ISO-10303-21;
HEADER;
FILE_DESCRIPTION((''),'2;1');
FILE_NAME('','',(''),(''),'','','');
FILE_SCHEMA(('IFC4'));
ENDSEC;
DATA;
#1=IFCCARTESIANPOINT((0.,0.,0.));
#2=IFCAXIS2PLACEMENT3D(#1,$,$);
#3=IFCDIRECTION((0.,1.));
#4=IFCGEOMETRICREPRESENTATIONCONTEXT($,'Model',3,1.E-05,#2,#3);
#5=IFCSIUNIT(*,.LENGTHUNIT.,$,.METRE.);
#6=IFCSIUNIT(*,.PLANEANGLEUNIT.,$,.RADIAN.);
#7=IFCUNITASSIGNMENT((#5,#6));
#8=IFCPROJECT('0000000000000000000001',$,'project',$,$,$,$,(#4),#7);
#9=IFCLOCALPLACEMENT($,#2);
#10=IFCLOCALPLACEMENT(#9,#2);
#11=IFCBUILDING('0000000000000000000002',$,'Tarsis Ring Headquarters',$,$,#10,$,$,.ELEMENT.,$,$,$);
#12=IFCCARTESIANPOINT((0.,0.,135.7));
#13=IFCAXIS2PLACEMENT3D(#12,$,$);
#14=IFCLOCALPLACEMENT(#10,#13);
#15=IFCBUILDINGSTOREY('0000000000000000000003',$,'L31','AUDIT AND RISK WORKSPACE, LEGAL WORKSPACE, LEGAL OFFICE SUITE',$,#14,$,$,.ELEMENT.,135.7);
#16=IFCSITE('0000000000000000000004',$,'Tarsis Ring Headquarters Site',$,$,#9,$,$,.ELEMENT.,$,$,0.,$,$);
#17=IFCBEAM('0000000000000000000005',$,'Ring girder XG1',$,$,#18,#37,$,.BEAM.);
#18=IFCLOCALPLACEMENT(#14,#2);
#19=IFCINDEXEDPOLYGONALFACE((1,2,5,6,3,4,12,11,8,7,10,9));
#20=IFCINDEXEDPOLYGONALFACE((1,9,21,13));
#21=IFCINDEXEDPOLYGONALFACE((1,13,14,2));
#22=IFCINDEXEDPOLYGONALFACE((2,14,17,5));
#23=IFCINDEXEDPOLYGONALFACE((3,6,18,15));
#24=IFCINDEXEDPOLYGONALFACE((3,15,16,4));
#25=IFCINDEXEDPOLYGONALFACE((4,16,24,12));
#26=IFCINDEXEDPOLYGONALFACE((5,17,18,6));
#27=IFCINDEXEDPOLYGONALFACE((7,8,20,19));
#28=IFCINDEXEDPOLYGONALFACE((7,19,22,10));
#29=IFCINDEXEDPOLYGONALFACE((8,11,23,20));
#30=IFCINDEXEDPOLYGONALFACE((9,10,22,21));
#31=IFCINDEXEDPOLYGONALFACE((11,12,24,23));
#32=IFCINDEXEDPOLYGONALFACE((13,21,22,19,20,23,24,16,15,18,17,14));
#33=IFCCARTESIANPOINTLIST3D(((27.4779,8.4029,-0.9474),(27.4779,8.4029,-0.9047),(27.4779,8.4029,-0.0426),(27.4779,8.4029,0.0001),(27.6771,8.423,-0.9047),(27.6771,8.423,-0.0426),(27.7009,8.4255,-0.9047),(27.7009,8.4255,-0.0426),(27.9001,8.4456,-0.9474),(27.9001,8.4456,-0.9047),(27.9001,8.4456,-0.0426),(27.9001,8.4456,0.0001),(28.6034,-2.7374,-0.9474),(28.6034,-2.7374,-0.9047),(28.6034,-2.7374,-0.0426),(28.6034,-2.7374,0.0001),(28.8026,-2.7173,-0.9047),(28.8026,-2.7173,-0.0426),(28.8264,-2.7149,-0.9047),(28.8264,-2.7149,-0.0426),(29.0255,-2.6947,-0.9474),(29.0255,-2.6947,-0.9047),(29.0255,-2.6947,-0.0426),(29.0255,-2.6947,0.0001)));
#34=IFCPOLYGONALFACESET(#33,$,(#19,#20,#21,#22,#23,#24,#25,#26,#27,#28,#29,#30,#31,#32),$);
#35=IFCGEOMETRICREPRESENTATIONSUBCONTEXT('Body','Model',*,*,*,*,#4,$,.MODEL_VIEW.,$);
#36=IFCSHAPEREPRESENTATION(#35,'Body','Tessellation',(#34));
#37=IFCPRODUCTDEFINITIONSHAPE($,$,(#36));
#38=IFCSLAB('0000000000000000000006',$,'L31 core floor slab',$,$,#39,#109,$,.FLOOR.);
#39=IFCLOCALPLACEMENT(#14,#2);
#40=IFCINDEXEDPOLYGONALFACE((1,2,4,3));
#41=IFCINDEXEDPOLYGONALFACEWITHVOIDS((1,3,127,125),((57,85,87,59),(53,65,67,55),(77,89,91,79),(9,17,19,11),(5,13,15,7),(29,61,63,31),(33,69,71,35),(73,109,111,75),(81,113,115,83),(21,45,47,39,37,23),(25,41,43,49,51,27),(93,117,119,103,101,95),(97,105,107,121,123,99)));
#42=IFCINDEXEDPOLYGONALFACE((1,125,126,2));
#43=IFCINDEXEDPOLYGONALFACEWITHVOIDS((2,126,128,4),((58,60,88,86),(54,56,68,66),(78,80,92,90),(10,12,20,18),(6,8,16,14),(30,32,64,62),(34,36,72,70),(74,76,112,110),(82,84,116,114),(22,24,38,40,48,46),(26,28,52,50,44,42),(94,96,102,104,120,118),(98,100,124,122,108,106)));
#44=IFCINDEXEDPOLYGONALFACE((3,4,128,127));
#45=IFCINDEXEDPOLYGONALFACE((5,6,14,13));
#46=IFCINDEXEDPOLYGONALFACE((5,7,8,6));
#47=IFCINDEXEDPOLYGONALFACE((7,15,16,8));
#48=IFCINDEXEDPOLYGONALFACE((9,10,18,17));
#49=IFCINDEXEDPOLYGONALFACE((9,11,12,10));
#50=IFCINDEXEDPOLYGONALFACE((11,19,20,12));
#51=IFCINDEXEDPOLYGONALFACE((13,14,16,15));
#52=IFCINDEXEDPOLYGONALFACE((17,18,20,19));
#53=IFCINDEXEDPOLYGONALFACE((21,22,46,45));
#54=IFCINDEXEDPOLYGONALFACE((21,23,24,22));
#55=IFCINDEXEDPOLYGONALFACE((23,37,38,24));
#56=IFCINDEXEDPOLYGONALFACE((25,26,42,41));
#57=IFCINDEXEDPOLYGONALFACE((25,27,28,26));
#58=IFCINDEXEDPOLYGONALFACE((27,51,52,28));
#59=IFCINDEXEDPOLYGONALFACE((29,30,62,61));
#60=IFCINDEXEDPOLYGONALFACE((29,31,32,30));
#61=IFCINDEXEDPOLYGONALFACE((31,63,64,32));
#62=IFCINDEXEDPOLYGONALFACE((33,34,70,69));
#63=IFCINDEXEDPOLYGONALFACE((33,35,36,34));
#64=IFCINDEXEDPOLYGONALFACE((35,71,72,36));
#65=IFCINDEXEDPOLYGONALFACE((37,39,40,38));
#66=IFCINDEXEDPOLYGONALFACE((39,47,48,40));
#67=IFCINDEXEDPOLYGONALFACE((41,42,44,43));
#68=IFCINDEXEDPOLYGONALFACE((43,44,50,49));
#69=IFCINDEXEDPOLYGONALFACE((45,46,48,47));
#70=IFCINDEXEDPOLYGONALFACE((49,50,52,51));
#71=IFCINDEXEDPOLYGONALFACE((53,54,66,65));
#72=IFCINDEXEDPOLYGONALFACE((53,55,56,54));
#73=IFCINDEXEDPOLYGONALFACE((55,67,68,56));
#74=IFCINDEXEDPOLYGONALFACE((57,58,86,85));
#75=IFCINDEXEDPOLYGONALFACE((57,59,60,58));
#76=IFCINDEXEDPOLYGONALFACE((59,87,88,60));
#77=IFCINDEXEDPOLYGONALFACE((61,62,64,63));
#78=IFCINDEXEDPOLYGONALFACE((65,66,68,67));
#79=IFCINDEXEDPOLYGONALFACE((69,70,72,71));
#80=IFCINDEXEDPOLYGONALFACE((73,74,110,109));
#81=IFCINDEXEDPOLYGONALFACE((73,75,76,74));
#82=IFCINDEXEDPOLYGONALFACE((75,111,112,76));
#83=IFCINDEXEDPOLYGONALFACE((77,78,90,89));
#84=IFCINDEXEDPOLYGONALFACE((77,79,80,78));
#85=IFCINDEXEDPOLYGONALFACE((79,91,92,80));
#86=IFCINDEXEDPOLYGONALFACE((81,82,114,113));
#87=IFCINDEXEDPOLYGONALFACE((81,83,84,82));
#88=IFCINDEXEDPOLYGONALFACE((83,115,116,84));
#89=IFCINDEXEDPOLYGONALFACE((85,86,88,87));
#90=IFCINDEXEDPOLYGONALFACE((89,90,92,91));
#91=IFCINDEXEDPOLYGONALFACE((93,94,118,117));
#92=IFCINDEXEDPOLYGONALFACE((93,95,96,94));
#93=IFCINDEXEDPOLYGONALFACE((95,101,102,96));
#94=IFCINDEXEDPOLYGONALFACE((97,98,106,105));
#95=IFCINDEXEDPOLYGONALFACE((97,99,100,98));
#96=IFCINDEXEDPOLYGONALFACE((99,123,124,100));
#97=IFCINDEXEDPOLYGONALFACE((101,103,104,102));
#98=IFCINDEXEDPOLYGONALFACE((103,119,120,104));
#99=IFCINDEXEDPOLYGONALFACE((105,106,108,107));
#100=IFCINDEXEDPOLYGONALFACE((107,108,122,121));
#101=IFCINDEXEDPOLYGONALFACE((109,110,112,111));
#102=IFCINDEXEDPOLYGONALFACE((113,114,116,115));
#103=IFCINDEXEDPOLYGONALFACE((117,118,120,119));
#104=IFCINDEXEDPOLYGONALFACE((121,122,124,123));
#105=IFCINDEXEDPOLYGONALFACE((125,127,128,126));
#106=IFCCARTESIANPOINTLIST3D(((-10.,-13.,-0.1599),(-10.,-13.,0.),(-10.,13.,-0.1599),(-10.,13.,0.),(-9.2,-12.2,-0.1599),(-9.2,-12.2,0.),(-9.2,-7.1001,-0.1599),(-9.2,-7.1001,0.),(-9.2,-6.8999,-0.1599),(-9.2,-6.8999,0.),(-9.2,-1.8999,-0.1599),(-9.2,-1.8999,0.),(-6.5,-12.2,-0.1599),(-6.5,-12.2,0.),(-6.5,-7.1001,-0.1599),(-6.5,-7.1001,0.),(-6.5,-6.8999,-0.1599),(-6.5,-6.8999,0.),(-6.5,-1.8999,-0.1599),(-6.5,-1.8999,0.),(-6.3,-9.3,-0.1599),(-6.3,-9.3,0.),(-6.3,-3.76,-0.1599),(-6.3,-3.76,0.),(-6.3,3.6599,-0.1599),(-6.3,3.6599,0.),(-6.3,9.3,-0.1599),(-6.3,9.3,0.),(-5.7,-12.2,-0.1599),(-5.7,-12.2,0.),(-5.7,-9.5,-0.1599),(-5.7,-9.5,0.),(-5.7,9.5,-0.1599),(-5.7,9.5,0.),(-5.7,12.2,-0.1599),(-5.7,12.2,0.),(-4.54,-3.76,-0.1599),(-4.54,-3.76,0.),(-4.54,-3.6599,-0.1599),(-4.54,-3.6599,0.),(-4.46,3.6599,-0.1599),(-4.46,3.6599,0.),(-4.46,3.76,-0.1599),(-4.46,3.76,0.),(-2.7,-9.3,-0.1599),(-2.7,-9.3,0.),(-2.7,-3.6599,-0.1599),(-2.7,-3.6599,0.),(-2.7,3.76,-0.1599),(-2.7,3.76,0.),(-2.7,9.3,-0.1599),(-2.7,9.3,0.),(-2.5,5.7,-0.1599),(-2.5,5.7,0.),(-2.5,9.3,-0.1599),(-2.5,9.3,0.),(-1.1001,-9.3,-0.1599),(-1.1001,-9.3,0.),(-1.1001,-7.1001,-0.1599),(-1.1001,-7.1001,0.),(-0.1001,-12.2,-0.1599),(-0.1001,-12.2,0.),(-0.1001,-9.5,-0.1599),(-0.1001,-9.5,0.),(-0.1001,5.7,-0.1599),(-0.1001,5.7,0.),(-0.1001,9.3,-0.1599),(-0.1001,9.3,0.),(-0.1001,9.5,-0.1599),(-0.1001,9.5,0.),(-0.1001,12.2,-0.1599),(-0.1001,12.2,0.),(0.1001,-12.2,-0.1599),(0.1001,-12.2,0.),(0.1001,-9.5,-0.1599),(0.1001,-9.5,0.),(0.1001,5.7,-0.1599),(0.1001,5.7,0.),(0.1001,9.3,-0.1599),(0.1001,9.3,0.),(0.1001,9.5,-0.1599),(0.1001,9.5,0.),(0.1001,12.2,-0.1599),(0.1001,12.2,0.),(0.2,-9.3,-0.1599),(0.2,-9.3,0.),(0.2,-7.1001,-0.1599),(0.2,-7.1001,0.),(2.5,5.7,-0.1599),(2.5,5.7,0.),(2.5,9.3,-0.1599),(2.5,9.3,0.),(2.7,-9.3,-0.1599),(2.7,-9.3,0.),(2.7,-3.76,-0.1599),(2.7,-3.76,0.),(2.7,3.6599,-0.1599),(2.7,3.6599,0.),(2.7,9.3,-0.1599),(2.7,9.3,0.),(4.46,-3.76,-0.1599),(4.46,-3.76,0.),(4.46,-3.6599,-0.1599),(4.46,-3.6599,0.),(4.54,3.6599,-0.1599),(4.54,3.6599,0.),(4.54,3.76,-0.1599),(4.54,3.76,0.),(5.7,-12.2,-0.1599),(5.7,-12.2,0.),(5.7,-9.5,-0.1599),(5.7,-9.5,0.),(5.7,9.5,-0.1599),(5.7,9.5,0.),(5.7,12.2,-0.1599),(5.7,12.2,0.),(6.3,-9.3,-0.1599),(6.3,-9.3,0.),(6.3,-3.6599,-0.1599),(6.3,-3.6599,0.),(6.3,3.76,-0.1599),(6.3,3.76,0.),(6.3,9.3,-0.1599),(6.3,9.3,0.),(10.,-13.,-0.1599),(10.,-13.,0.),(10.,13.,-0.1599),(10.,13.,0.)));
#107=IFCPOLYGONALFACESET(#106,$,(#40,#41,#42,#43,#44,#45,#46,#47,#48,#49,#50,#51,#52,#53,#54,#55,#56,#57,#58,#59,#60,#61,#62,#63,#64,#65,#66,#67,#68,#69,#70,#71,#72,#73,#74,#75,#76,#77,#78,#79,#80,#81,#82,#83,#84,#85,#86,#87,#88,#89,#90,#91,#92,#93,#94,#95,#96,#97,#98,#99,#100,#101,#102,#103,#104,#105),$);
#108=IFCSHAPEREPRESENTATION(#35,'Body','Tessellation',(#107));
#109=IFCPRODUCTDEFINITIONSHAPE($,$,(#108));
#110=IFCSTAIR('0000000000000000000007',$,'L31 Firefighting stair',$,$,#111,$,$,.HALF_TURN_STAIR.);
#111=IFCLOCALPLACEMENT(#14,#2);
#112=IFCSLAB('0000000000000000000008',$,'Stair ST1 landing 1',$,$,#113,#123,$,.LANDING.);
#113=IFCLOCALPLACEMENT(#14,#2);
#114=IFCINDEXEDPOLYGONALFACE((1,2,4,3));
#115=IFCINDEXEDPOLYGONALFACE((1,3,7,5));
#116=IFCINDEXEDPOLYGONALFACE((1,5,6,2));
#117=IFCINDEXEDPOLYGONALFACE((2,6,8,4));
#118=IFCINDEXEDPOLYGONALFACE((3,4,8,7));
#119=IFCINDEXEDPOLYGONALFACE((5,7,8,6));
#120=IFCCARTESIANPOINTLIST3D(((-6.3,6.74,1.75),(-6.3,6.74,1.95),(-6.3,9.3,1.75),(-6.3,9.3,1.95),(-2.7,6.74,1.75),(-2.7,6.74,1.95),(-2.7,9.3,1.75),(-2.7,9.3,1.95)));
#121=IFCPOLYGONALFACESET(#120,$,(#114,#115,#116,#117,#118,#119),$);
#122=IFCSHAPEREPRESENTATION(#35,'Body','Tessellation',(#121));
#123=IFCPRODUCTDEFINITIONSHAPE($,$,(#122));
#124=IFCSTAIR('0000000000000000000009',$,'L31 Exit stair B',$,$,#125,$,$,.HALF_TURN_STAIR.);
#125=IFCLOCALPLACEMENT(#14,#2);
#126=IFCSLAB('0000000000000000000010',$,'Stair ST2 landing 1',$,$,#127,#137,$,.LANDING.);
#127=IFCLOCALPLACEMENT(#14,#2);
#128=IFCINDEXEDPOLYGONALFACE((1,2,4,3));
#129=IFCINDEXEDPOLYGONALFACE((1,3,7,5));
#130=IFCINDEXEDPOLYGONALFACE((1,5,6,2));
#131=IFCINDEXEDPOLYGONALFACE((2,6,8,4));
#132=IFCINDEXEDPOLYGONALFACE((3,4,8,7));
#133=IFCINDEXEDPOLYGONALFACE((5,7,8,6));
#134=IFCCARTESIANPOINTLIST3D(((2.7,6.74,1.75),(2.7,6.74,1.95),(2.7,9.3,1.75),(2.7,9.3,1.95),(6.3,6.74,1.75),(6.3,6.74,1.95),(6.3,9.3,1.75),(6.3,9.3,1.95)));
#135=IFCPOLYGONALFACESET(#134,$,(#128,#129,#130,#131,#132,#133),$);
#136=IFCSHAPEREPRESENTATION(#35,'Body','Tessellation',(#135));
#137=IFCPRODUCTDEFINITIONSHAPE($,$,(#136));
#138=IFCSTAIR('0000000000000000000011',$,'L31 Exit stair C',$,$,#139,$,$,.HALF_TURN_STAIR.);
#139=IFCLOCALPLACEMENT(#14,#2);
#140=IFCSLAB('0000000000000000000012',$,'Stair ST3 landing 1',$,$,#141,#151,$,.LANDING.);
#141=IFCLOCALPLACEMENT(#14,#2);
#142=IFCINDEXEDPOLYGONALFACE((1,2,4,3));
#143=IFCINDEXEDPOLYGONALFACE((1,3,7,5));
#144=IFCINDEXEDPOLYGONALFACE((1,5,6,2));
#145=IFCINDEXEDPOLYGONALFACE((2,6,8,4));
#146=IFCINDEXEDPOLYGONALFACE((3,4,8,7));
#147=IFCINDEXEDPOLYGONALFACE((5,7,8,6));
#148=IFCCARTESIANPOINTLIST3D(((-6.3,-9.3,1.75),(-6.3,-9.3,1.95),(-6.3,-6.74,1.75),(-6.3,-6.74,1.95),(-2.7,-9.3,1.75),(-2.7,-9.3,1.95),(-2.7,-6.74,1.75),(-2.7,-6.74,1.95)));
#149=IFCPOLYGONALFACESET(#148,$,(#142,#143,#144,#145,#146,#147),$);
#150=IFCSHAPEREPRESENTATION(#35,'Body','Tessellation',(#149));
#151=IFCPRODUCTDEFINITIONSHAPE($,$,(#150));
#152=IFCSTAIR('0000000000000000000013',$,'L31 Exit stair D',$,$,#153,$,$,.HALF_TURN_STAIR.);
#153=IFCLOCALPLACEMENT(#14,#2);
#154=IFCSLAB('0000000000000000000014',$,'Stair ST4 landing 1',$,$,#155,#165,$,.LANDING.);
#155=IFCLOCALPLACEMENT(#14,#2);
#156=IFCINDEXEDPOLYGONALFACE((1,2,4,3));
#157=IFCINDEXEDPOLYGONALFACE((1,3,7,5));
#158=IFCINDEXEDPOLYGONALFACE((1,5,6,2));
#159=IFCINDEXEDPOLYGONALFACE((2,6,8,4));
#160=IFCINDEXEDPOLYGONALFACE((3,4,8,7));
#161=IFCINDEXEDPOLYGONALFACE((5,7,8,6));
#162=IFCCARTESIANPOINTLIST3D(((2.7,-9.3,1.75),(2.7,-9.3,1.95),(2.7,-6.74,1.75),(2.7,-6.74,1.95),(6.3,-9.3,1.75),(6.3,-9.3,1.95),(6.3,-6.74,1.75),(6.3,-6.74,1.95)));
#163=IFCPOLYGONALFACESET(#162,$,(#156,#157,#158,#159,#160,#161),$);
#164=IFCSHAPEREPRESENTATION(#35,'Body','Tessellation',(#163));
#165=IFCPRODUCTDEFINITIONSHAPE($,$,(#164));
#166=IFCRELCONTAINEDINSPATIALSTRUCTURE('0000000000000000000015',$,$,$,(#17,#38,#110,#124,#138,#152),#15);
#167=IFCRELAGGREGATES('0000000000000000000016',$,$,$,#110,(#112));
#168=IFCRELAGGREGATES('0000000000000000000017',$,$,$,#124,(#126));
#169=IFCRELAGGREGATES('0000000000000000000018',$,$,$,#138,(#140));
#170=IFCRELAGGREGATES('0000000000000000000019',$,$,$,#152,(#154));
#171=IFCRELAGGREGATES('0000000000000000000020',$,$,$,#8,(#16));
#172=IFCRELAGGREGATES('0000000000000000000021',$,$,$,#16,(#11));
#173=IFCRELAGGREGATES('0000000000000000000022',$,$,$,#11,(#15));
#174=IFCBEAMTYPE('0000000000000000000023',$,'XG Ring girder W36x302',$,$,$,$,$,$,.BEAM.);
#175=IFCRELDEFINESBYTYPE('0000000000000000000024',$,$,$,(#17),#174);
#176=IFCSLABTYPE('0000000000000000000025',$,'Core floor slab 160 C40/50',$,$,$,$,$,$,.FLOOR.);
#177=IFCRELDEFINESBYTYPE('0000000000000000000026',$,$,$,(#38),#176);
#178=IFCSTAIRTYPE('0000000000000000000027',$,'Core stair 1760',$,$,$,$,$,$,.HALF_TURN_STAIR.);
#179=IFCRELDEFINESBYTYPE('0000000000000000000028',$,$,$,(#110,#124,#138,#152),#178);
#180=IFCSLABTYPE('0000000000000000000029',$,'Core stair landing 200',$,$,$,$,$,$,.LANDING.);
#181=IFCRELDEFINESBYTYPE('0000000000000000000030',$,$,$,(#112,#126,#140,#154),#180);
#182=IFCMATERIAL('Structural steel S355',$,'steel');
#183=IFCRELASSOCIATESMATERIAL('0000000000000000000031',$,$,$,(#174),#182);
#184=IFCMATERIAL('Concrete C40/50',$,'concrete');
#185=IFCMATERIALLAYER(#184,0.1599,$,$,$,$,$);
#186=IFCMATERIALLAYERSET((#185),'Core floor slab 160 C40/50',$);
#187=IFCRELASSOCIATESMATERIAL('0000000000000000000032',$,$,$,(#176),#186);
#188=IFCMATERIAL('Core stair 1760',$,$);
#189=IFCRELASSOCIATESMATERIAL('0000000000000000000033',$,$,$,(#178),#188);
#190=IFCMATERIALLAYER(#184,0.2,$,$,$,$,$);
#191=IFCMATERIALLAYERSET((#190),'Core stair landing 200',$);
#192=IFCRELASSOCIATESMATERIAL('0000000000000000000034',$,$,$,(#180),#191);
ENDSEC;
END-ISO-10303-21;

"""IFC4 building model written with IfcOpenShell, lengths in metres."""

from ifc_helpers import new_model, si_unit, direction, frame, origin, origin_2d, place, context, subcontext, project, spatial, polyline, i_section, outline, extrude, material, layer, layer_set, material_profile, profile_set, type_object, element, aggregate, save


model = new_model("IFC4")

# Units and contexts
model_context = context("Model", 3, precision=1e-05, world=origin(), true_north=direction((0.0, 1.0)))
body_context = subcontext(model_context, "Body", "Model", "MODEL_VIEW")
ifc_project = project(units=[si_unit("LENGTHUNIT", "METRE"), si_unit("PLANEANGLEUNIT", "RADIAN")], contexts=[model_context])

# Site, building, storey
site_placement = place(None, origin())
site = spatial("IfcSite", under=ifc_project, at=site_placement, Name="Tarsis Ring Headquarters Site", CompositionType="ELEMENT", RefElevation=0.0)
building_placement = place(site_placement, origin())
building = spatial("IfcBuilding", under=site, at=building_placement, Name="Tarsis Ring Headquarters", CompositionType="ELEMENT")
storey_placement = place(building_placement, frame((0.0, 0.0, 135.7)))
storey = spatial("IfcBuildingStorey", under=building, at=storey_placement, Name="L31", Description="AUDIT AND RISK WORKSPACE, LEGAL WORKSPACE, LEGAL OFFICE SUITE", CompositionType="ELEMENT", Elevation=135.7)

# Shared definitions
ifc_material_1 = material(Name="Structural steel S355", Category="steel")

# Beam
ifc_material_2 = material(Name="Concrete C40/50", Category="concrete")
ifc_material_profile_1 = material_profile(ifc_material_1, i_section(OverallWidth=0.4243, OverallDepth=0.9475, WebThickness=0.0239, FlangeThickness=0.0427, at=origin_2d()), Name="W36x302")
ifc_profile_set_1 = profile_set([ifc_material_profile_1], Name="Structural steel S355")
beam_type_1 = type_object("IfcBeamType", Name="XG Ring girder W36x302", PredefinedType="BEAM", material=ifc_profile_set_1)
beam_1_placement = place(storey_placement, frame((28.8145, -2.7161, -0.4736), z_axis=(-0.100516, 0.994935, 0.0), x_axis=(-0.994935, -0.100516, 0.0)))
element("IfcBeam", 1, at=beam_1_placement, inside=storey, type_object=beam_type_1, Name="Ring girder XG1", PredefinedType="BEAM", context=body_context, shape_type="SweptSolid", body=[
    extrude(i_section(OverallWidth=0.4243, OverallDepth=0.9475, WebThickness=0.0239, FlangeThickness=0.0427, at=origin_2d()), origin(), (0.0, 0.0, 1.0), 11.197),
])

# Slab
ifc_layer_1 = layer(ifc_material_2, 0.1599)
ifc_layer_set_1 = layer_set([ifc_layer_1], Name="Core floor slab 160 C40/50")
slab_type_1 = type_object("IfcSlabType", Name="Core floor slab 160 C40/50", PredefinedType="FLOOR", material=ifc_layer_set_1)
slab_1_placement = place(storey_placement, frame((0.0, 0.0, -0.1599)))
element("IfcSlab", 2, at=slab_1_placement, inside=storey, type_object=slab_type_1, Name="L31 core floor slab", PredefinedType="FLOOR", context=body_context, shape_type="SweptSolid", body=[
    extrude(outline(polyline([(-10.0, -13.0), (10.0, -13.0), (10.0, 13.0), (-10.0, 13.0), (-10.0, -13.0)]), holes=[polyline([(-2.5, 5.7), (-0.1001, 5.7), (-0.1001, 9.3), (-2.5, 9.3), (-2.5, 5.7)]), polyline([(0.1001, 5.7), (2.5, 5.7), (2.5, 9.3), (0.1001, 9.3), (0.1001, 5.7)]), polyline([(-9.2, -12.2), (-6.5, -12.2), (-6.5, -7.1001), (-9.2, -7.1001), (-9.2, -12.2)]), polyline([(-9.2, -6.8999), (-6.5, -6.8999), (-6.5, -1.8999), (-9.2, -1.8999), (-9.2, -6.8999)]), polyline([(-5.7, 9.5), (-0.1001, 9.5), (-0.1001, 12.2), (-5.7, 12.2), (-5.7, 9.5)]), polyline([(0.1001, 9.5), (5.7, 9.5), (5.7, 12.2), (0.1001, 12.2), (0.1001, 9.5)]), polyline([(-5.7, -12.2), (-0.1001, -12.2), (-0.1001, -9.5), (-5.7, -9.5), (-5.7, -12.2)]), polyline([(0.1001, -12.2), (5.7, -12.2), (5.7, -9.5), (0.1001, -9.5), (0.1001, -12.2)]), polyline([(-1.1001, -9.3), (0.2, -9.3), (0.2, -7.1001), (-1.1001, -7.1001), (-1.1001, -9.3)]), polyline([(-2.7, 3.76), (-2.7, 9.3), (-6.3, 9.3), (-6.3, 3.6599), (-4.46, 3.6599), (-4.46, 3.76), (-2.7, 3.76)]), polyline([(6.3, 3.76), (6.3, 9.3), (2.7, 9.3), (2.7, 3.6599), (4.54, 3.6599), (4.54, 3.76), (6.3, 3.76)]), polyline([(-6.3, -3.76), (-6.3, -9.3), (-2.7, -9.3), (-2.7, -3.6599), (-4.54, -3.6599), (-4.54, -3.76), (-6.3, -3.76)]), polyline([(2.7, -3.76), (2.7, -9.3), (6.3, -9.3), (6.3, -3.6599), (4.46, -3.6599), (4.46, -3.76), (2.7, -3.76)])]), origin(), (0.0, 0.0, 1.0), 0.1599),
])

# Stairs, slabs
ifc_material_3 = material(Name="Core stair 1760")
stair_type = type_object("IfcStairType", Name="Core stair 1760", PredefinedType="HALF_TURN_STAIR", material=ifc_material_3)
stair_1_placement = place(storey_placement, origin())
stair_1 = element("IfcStair", 3, at=stair_1_placement, inside=storey, type_object=stair_type, Name="L31 Firefighting stair", PredefinedType="HALF_TURN_STAIR")
ifc_layer_2 = layer(ifc_material_2, 0.2)
ifc_layer_set_2 = layer_set([ifc_layer_2], Name="Core stair landing 200")
slab_type_2 = type_object("IfcSlabType", Name="Core stair landing 200", PredefinedType="LANDING", material=ifc_layer_set_2)
slab_2_placement = place(storey_placement, frame((0.0, 0.0, 1.75)))
slab_2 = element("IfcSlab", 4, at=slab_2_placement, type_object=slab_type_2, Name="Stair ST1 landing 1", PredefinedType="LANDING", context=body_context, shape_type="SweptSolid", body=[
    extrude(outline(polyline([(-2.7, 6.74), (-2.7, 9.3), (-6.3, 9.3), (-6.3, 6.74), (-2.7, 6.74)])), origin(), (0.0, 0.0, 1.0), 0.2),
])
aggregate(stair_1, [slab_2])
stair_2_placement = place(storey_placement, origin())
stair_2 = element("IfcStair", 5, at=stair_2_placement, inside=storey, type_object=stair_type, Name="L31 Exit stair B", PredefinedType="HALF_TURN_STAIR")
slab_3_placement = place(storey_placement, frame((0.0, 0.0, 1.75)))
slab_3 = element("IfcSlab", 6, at=slab_3_placement, type_object=slab_type_2, Name="Stair ST2 landing 1", PredefinedType="LANDING", context=body_context, shape_type="SweptSolid", body=[
    extrude(outline(polyline([(6.3, 6.74), (6.3, 9.3), (2.7, 9.3), (2.7, 6.74), (6.3, 6.74)])), origin(), (0.0, 0.0, 1.0), 0.2),
])
aggregate(stair_2, [slab_3])
stair_3_placement = place(storey_placement, origin())
stair_3 = element("IfcStair", 7, at=stair_3_placement, inside=storey, type_object=stair_type, Name="L31 Exit stair C", PredefinedType="HALF_TURN_STAIR")
slab_4_placement = place(storey_placement, frame((0.0, 0.0, 1.75)))
slab_4 = element("IfcSlab", 8, at=slab_4_placement, type_object=slab_type_2, Name="Stair ST3 landing 1", PredefinedType="LANDING", context=body_context, shape_type="SweptSolid", body=[
    extrude(outline(polyline([(-6.3, -6.74), (-6.3, -9.3), (-2.7, -9.3), (-2.7, -6.74), (-6.3, -6.74)])), origin(), (0.0, 0.0, 1.0), 0.2),
])
aggregate(stair_3, [slab_4])
stair_4_placement = place(storey_placement, origin())
stair_4 = element("IfcStair", 9, at=stair_4_placement, inside=storey, type_object=stair_type, Name="L31 Exit stair D", PredefinedType="HALF_TURN_STAIR")
slab_5_placement = place(storey_placement, frame((0.0, 0.0, 1.75)))
slab_5 = element("IfcSlab", 10, at=slab_5_placement, type_object=slab_type_2, Name="Stair ST4 landing 1", PredefinedType="LANDING", context=body_context, shape_type="SweptSolid", body=[
    extrude(outline(polyline([(2.7, -6.74), (2.7, -9.3), (6.3, -9.3), (6.3, -6.74), (2.7, -6.74)])), origin(), (0.0, 0.0, 1.0), 0.2),
])
aggregate(stair_4, [slab_5])

save(model, "model.ifc")
